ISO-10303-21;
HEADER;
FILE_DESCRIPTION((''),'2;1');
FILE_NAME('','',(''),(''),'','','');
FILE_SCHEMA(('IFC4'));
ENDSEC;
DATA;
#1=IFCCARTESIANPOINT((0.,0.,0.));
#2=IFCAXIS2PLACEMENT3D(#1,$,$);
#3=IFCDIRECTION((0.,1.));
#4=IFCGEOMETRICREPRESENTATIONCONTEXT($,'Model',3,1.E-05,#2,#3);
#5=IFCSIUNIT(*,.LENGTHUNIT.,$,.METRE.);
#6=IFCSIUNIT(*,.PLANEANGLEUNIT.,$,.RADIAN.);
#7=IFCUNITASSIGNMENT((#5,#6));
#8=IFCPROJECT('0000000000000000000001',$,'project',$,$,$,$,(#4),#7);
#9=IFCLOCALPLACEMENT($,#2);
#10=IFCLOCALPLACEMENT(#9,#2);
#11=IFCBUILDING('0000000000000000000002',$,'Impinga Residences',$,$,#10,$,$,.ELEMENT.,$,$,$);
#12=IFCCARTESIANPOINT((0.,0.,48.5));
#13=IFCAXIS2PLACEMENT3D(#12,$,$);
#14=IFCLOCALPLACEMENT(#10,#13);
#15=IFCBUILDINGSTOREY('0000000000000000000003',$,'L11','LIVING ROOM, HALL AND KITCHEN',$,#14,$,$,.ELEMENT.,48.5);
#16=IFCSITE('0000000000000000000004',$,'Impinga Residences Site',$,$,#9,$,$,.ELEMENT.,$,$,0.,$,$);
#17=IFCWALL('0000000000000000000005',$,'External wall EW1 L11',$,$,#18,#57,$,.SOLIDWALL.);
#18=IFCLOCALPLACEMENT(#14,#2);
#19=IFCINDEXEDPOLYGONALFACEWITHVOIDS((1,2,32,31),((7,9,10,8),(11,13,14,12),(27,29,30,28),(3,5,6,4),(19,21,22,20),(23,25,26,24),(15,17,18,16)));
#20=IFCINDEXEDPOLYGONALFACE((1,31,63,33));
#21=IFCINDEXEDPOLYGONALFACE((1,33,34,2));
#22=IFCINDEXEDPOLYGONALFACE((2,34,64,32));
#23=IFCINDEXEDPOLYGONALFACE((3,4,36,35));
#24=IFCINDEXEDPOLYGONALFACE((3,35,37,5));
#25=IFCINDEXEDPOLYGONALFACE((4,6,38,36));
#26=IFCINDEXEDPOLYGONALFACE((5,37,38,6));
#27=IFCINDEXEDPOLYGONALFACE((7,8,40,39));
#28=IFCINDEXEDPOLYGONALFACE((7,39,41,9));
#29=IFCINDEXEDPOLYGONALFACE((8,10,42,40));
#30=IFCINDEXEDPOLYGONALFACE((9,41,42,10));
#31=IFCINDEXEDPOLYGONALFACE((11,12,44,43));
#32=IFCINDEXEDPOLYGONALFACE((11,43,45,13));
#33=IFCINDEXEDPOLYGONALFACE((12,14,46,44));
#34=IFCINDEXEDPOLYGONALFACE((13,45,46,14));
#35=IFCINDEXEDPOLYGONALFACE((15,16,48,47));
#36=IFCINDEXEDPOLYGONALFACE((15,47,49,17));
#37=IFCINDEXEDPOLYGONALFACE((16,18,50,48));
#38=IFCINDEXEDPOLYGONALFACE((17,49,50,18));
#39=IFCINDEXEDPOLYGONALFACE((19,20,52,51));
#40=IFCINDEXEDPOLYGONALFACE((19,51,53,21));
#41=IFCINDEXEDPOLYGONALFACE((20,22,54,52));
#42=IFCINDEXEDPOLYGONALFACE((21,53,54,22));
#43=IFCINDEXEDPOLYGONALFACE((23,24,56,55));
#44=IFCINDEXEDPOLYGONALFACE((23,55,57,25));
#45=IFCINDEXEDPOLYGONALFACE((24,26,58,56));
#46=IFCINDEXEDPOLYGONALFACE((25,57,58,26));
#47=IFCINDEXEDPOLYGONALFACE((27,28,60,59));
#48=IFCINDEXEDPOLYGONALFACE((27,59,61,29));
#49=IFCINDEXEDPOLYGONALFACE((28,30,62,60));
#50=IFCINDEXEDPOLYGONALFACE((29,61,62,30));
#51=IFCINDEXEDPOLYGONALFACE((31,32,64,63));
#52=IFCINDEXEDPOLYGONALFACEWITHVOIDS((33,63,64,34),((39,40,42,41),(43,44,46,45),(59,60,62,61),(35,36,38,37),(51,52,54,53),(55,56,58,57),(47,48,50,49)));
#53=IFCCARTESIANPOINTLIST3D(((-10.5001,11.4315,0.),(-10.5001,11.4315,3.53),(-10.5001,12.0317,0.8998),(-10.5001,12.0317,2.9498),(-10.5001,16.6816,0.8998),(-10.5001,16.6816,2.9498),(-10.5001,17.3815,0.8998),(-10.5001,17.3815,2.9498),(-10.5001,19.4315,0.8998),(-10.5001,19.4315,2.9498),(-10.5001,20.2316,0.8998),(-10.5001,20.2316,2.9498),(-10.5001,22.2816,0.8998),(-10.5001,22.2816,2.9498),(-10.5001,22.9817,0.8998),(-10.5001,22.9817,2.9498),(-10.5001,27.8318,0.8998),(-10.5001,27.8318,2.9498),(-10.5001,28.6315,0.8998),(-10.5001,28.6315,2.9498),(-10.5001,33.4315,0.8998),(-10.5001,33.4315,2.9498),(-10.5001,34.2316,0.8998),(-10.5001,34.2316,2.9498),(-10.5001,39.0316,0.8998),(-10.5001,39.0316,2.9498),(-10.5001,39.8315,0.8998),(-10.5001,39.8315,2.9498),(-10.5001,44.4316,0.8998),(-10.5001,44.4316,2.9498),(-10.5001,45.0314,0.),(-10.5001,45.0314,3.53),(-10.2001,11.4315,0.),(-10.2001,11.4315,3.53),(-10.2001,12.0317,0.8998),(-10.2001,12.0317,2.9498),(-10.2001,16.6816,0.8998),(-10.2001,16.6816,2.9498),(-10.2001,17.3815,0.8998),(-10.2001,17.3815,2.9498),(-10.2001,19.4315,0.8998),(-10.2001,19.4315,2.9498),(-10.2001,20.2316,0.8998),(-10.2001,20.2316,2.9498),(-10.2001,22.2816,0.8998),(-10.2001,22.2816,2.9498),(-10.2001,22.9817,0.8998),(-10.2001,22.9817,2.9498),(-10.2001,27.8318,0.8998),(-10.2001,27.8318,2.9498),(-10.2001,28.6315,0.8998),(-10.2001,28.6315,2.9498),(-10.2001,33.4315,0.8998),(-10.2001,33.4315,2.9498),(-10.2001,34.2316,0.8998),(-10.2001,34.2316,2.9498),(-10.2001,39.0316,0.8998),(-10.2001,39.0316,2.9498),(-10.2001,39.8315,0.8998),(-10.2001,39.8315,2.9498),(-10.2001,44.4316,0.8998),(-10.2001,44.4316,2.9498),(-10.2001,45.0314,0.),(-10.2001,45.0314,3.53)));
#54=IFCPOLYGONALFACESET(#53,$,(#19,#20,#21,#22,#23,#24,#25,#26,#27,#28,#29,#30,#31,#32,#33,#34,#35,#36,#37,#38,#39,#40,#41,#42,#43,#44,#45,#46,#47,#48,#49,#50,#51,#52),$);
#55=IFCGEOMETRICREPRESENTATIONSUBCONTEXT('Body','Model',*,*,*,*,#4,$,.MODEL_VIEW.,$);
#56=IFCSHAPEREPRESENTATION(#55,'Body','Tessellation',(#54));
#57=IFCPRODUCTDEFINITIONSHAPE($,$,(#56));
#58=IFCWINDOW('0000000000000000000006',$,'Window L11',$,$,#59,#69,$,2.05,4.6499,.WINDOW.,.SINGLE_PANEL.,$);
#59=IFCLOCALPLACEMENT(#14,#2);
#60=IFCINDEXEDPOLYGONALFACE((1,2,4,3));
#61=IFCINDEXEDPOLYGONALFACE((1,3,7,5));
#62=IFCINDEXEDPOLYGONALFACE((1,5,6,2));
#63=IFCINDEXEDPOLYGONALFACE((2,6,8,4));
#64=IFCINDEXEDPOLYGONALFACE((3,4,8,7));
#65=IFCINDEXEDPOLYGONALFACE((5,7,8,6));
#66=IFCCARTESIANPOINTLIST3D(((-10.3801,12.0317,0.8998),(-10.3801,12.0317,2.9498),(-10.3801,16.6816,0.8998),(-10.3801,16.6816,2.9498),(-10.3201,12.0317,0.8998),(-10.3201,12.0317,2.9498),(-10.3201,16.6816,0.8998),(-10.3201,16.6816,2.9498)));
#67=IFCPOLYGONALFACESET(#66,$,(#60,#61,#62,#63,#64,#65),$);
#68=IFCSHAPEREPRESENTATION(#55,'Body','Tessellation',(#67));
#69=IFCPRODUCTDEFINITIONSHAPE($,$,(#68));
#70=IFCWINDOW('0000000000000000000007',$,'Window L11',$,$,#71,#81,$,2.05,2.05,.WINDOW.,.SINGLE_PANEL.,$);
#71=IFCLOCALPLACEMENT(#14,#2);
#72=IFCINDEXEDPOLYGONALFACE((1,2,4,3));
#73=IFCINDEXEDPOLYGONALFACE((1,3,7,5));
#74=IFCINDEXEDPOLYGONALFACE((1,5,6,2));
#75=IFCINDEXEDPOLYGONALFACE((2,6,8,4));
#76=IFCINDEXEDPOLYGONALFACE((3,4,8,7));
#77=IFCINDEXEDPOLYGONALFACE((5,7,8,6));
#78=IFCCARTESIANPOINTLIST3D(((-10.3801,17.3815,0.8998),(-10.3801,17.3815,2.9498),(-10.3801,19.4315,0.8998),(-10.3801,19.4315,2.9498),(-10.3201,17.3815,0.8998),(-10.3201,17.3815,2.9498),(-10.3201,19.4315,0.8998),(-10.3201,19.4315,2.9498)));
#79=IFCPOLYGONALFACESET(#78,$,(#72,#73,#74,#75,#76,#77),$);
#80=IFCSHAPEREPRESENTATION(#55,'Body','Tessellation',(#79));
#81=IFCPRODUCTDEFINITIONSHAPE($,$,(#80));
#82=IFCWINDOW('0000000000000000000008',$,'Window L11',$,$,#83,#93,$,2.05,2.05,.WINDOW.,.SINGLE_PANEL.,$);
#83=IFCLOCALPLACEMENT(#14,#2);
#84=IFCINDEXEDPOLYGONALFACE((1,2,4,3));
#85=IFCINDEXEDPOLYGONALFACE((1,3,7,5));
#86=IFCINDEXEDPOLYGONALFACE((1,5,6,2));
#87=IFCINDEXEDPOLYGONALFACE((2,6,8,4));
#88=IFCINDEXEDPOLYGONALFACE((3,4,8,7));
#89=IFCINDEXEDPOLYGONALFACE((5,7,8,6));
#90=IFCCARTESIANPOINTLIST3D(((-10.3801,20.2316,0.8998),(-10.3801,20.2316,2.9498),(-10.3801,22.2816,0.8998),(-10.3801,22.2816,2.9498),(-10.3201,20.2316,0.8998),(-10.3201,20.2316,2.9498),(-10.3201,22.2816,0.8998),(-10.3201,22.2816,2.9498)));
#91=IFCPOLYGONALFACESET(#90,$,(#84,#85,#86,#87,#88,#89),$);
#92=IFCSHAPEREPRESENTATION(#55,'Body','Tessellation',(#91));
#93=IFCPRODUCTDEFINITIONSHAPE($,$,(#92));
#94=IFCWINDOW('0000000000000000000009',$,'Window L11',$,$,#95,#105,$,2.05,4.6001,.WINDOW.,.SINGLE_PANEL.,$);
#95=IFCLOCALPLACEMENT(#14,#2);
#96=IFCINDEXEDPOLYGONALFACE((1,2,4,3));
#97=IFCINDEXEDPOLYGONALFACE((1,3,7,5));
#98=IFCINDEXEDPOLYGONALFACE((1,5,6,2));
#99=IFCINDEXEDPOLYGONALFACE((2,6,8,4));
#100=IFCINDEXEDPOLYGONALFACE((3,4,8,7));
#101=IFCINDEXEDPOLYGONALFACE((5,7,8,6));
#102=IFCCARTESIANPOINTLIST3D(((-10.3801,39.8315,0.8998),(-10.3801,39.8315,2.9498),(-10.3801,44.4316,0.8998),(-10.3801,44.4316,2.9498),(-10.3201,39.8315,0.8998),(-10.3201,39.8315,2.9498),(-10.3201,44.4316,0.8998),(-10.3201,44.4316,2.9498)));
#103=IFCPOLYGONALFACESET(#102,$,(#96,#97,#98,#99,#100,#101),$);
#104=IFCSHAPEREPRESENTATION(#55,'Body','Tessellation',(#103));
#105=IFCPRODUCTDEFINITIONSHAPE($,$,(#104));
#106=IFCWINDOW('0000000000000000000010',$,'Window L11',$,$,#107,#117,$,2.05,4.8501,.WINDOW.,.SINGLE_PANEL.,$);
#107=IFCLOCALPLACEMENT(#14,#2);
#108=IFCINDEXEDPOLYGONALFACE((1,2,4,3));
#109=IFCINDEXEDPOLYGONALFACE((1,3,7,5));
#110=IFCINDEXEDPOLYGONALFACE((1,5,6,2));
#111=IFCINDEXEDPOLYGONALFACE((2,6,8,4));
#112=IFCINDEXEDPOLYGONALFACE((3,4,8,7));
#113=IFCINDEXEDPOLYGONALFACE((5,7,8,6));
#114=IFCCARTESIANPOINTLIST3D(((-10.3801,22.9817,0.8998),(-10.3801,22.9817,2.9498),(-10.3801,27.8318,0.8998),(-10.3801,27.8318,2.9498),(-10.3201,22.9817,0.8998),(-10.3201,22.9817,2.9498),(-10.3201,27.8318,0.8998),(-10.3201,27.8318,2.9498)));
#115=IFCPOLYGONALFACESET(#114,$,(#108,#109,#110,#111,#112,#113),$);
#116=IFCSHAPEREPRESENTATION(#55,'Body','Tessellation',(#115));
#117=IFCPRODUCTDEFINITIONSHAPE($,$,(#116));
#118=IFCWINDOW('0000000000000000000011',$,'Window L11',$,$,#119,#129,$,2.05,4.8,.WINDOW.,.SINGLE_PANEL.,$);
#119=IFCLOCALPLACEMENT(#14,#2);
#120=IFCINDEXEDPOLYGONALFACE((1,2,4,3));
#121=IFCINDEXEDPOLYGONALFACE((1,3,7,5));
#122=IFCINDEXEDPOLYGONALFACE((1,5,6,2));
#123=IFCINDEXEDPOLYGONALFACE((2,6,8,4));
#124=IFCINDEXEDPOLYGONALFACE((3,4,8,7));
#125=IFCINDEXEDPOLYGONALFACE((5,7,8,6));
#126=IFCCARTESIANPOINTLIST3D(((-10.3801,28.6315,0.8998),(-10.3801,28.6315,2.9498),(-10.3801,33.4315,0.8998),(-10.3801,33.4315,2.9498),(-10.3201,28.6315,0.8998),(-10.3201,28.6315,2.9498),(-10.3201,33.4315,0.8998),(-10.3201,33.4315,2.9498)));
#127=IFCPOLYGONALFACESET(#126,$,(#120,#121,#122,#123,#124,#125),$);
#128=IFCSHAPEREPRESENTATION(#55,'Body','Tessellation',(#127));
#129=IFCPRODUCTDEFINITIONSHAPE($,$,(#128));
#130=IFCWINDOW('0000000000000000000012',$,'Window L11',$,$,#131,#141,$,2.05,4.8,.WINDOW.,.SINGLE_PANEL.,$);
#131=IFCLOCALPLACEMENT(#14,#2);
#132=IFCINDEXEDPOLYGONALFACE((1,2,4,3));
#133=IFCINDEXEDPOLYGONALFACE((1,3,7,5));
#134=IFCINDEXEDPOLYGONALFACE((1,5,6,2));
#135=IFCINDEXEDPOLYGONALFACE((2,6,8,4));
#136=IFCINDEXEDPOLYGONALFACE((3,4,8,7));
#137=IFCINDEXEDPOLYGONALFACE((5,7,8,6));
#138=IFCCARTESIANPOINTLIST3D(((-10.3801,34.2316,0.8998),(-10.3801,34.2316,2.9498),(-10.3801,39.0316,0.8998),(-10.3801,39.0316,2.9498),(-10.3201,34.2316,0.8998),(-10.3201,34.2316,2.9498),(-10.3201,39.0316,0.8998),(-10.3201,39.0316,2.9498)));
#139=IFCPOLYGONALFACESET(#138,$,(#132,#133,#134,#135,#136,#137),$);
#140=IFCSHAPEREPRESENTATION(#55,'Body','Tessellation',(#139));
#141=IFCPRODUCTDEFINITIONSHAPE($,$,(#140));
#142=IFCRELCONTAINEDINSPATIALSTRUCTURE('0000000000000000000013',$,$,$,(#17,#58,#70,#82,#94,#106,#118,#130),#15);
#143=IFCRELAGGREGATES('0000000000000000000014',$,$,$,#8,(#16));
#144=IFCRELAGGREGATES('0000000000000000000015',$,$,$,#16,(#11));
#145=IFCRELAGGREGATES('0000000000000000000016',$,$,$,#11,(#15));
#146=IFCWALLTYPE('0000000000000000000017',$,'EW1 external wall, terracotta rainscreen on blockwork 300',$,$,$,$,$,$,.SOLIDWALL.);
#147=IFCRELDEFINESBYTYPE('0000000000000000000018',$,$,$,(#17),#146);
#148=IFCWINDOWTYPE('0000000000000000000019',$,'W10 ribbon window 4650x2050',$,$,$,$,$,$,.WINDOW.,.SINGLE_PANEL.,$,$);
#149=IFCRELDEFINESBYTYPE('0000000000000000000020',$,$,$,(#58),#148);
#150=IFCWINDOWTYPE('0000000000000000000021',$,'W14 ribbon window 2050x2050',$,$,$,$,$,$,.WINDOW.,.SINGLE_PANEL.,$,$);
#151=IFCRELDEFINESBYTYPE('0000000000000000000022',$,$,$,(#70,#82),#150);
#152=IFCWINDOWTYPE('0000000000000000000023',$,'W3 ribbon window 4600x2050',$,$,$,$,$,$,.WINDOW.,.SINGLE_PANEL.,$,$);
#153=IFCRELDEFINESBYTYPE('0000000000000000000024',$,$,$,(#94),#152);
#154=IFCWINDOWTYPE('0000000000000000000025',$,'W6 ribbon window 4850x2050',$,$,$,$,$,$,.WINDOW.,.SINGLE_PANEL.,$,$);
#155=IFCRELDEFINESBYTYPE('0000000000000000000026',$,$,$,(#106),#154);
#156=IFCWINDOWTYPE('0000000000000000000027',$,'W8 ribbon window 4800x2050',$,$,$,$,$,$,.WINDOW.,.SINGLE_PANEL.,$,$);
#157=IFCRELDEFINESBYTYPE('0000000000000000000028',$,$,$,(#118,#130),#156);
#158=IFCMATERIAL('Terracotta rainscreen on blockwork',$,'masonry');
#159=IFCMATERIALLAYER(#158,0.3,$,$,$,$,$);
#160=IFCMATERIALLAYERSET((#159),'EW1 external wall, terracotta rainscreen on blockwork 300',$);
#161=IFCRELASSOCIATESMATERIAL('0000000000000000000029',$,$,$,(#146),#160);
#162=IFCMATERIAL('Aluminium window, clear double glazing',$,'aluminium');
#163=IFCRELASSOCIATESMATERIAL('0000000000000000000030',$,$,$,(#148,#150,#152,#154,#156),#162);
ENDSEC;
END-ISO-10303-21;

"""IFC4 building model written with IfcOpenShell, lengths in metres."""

from ifc_helpers import new_model, si_unit, direction, frame, frame_2d, origin, place, context, subcontext, project, spatial, rectangle, extrude, material, layer, layer_set, type_object, element, fill, save


model = new_model("IFC4")

# Units and contexts
model_context = context("Model", 3, precision=1e-05, world=origin(), true_north=direction((0.0, 1.0)))
body_context = subcontext(model_context, "Body", "Model", "MODEL_VIEW")
ifc_project = project(units=[si_unit("LENGTHUNIT", "METRE"), si_unit("PLANEANGLEUNIT", "RADIAN")], contexts=[model_context])

# Site, building, storey
site_placement = place(None, origin())
site = spatial("IfcSite", under=ifc_project, at=site_placement, Name="Impinga Residences Site", CompositionType="ELEMENT", RefElevation=0.0)
building_placement = place(site_placement, origin())
building = spatial("IfcBuilding", under=site, at=building_placement, Name="Impinga Residences", CompositionType="ELEMENT")
storey_placement = place(building_placement, frame((0.0, 0.0, 48.5)))
storey = spatial("IfcBuildingStorey", under=building, at=storey_placement, Name="L11", Description="LIVING ROOM, HALL AND KITCHEN", CompositionType="ELEMENT", Elevation=48.5)

# Shared definitions
ifc_material_1 = material(Name="Terracotta rainscreen on blockwork", Category="masonry")
ifc_layer_1 = layer(ifc_material_1, 0.3)
ifc_layer_set_1 = layer_set([ifc_layer_1], Name="EW1 external wall, terracotta rainscreen on blockwork 300")
wall_type_1 = type_object("IfcWallType", Name="EW1 external wall, terracotta rainscreen on blockwork 300", PredefinedType="SOLIDWALL", material=ifc_layer_set_1)

# Wall, openings, windows
wall_1_placement = place(storey_placement, frame((-10.3501, 11.4316, 0.0), z_axis=(0.0, 0.0, 1.0), x_axis=(0.0, 1.0, 0.0)))
wall_1 = element("IfcWall", 1, at=wall_1_placement, inside=storey, type_object=wall_type_1, Name="External wall EW1 L11", PredefinedType="SOLIDWALL", context=body_context, shape_type="SweptSolid", body=[
    extrude(rectangle(XDim=33.5999, YDim=0.3, at=frame_2d((16.7998, 0.0))), origin(), (0.0, 0.0, 1.0), 3.53),
])
opening_1_placement = place(wall_1_placement, frame((0.6001, 0.0, 0.8999)))
opening_1 = element("IfcOpeningElement", 2, at=opening_1_placement, cuts=wall_1, PredefinedType="OPENING", context=body_context, shape_type="SweptSolid", body=[
    extrude(rectangle(XDim=4.6499, YDim=2.05, at=frame_2d((2.325, 1.0249))), frame((0.0, 0.1599, 0.0), z_axis=(0.0, -1.0, 0.0), x_axis=(1.0, 0.0, 0.0)), (0.0, 0.0, 1.0), 0.3201),
])
opening_2_placement = place(wall_1_placement, frame((5.95, 0.0, 0.8999)))
opening_2 = element("IfcOpeningElement", 3, at=opening_2_placement, cuts=wall_1, PredefinedType="OPENING", context=body_context, shape_type="SweptSolid", body=[
    extrude(rectangle(XDim=2.05, YDim=2.05, at=frame_2d((1.0249, 1.0249))), frame((0.0, 0.1599, 0.0), z_axis=(0.0, -1.0, 0.0), x_axis=(1.0, 0.0, 0.0)), (0.0, 0.0, 1.0), 0.3201),
])
opening_3_placement = place(wall_1_placement, frame((8.8, 0.0, 0.8999)))
opening_3 = element("IfcOpeningElement", 4, at=opening_3_placement, cuts=wall_1, PredefinedType="OPENING", context=body_context, shape_type="SweptSolid", body=[
    extrude(rectangle(XDim=2.05, YDim=2.05, at=frame_2d((1.0249, 1.0249))), frame((0.0, 0.1599, 0.0), z_axis=(0.0, -1.0, 0.0), x_axis=(1.0, 0.0, 0.0)), (0.0, 0.0, 1.0), 0.3201),
])
opening_4_placement = place(wall_1_placement, frame((11.55, 0.0, 0.8999)))
opening_4 = element("IfcOpeningElement", 5, at=opening_4_placement, cuts=wall_1, PredefinedType="OPENING", context=body_context, shape_type="SweptSolid", body=[
    extrude(rectangle(XDim=4.8501, YDim=2.05, at=frame_2d((2.425, 1.0249))), frame((0.0, 0.1599, 0.0), z_axis=(0.0, -1.0, 0.0), x_axis=(1.0, 0.0, 0.0)), (0.0, 0.0, 1.0), 0.3201),
])
opening_5_placement = place(wall_1_placement, frame((17.2, 0.0, 0.8999)))
opening_5 = element("IfcOpeningElement", 6, at=opening_5_placement, cuts=wall_1, PredefinedType="OPENING", context=body_context, shape_type="SweptSolid", body=[
    extrude(rectangle(XDim=4.8, YDim=2.05, at=frame_2d((2.3999, 1.0249))), frame((0.0, 0.1599, 0.0), z_axis=(0.0, -1.0, 0.0), x_axis=(1.0, 0.0, 0.0)), (0.0, 0.0, 1.0), 0.3201),
])
opening_6_placement = place(wall_1_placement, frame((22.8, 0.0, 0.8999)))
opening_6 = element("IfcOpeningElement", 7, at=opening_6_placement, cuts=wall_1, PredefinedType="OPENING", context=body_context, shape_type="SweptSolid", body=[
    extrude(rectangle(XDim=4.8, YDim=2.05, at=frame_2d((2.3999, 1.0249))), frame((0.0, 0.1599, 0.0), z_axis=(0.0, -1.0, 0.0), x_axis=(1.0, 0.0, 0.0)), (0.0, 0.0, 1.0), 0.3201),
])
opening_7_placement = place(wall_1_placement, frame((28.3999, 0.0, 0.8999)))
opening_7 = element("IfcOpeningElement", 8, at=opening_7_placement, cuts=wall_1, PredefinedType="OPENING", context=body_context, shape_type="SweptSolid", body=[
    extrude(rectangle(XDim=4.6001, YDim=2.05, at=frame_2d((2.3, 1.0249))), frame((0.0, 0.1599, 0.0), z_axis=(0.0, -1.0, 0.0), x_axis=(1.0, 0.0, 0.0)), (0.0, 0.0, 1.0), 0.3201),
])
ifc_material_2 = material(Name="Aluminium window, clear double glazing", Category="aluminium")
window_type_1 = type_object("IfcWindowType", Name="W10 ribbon window 4650x2050", PartitioningType="SINGLE_PANEL", PredefinedType="WINDOW", material=ifc_material_2)
window_1_placement = place(opening_1_placement, origin())
window_1 = element("IfcWindow", 9, at=window_1_placement, inside=storey, type_object=window_type_1, Name="Window L11", OverallHeight=2.05, OverallWidth=4.6499, PartitioningType="SINGLE_PANEL", PredefinedType="WINDOW", context=body_context, shape_type="SweptSolid", body=[
    extrude(rectangle(XDim=4.6499, YDim=2.05, at=frame_2d((2.325, 1.0249))), frame((0.0, 0.03, 0.0), z_axis=(0.0, -1.0, 0.0), x_axis=(1.0, 0.0, 0.0)), (0.0, 0.0, 1.0), 0.0601),
])
fill(opening_1, window_1)
window_type_2 = type_object("IfcWindowType", Name="W14 ribbon window 2050x2050", PartitioningType="SINGLE_PANEL", PredefinedType="WINDOW", material=ifc_material_2)
window_2_placement = place(opening_2_placement, origin())
window_2 = element("IfcWindow", 10, at=window_2_placement, inside=storey, type_object=window_type_2, Name="Window L11", OverallHeight=2.05, OverallWidth=2.05, PartitioningType="SINGLE_PANEL", PredefinedType="WINDOW", context=body_context, shape_type="SweptSolid", body=[
    extrude(rectangle(XDim=2.05, YDim=2.05, at=frame_2d((1.0249, 1.0249))), frame((0.0, 0.03, 0.0), z_axis=(0.0, -1.0, 0.0), x_axis=(1.0, 0.0, 0.0)), (0.0, 0.0, 1.0), 0.0601),
])
fill(opening_2, window_2)
window_3_placement = place(opening_3_placement, origin())
window_3 = element("IfcWindow", 11, at=window_3_placement, inside=storey, type_object=window_type_2, Name="Window L11", OverallHeight=2.05, OverallWidth=2.05, PartitioningType="SINGLE_PANEL", PredefinedType="WINDOW", context=body_context, shape_type="SweptSolid", body=[
    extrude(rectangle(XDim=2.05, YDim=2.05, at=frame_2d((1.0249, 1.0249))), frame((0.0, 0.03, 0.0), z_axis=(0.0, -1.0, 0.0), x_axis=(1.0, 0.0, 0.0)), (0.0, 0.0, 1.0), 0.0601),
])
fill(opening_3, window_3)
window_type_3 = type_object("IfcWindowType", Name="W3 ribbon window 4600x2050", PartitioningType="SINGLE_PANEL", PredefinedType="WINDOW", material=ifc_material_2)
window_4_placement = place(opening_7_placement, origin())
window_4 = element("IfcWindow", 12, at=window_4_placement, inside=storey, type_object=window_type_3, Name="Window L11", OverallHeight=2.05, OverallWidth=4.6001, PartitioningType="SINGLE_PANEL", PredefinedType="WINDOW", context=body_context, shape_type="SweptSolid", body=[
    extrude(rectangle(XDim=4.6001, YDim=2.05, at=frame_2d((2.3, 1.0249))), frame((0.0, 0.03, 0.0), z_axis=(0.0, -1.0, 0.0), x_axis=(1.0, 0.0, 0.0)), (0.0, 0.0, 1.0), 0.0601),
])
fill(opening_7, window_4)
window_type_4 = type_object("IfcWindowType", Name="W6 ribbon window 4850x2050", PartitioningType="SINGLE_PANEL", PredefinedType="WINDOW", material=ifc_material_2)
window_5_placement = place(opening_4_placement, origin())
window_5 = element("IfcWindow", 13, at=window_5_placement, inside=storey, type_object=window_type_4, Name="Window L11", OverallHeight=2.05, OverallWidth=4.8501, PartitioningType="SINGLE_PANEL", PredefinedType="WINDOW", context=body_context, shape_type="SweptSolid", body=[
    extrude(rectangle(XDim=4.8501, YDim=2.05, at=frame_2d((2.425, 1.0249))), frame((0.0, 0.03, 0.0), z_axis=(0.0, -1.0, 0.0), x_axis=(1.0, 0.0, 0.0)), (0.0, 0.0, 1.0), 0.0601),
])
fill(opening_4, window_5)
window_type_5 = type_object("IfcWindowType", Name="W8 ribbon window 4800x2050", PartitioningType="SINGLE_PANEL", PredefinedType="WINDOW", material=ifc_material_2)
window_6_placement = place(opening_5_placement, origin())
window_6 = element("IfcWindow", 14, at=window_6_placement, inside=storey, type_object=window_type_5, Name="Window L11", OverallHeight=2.05, OverallWidth=4.8, PartitioningType="SINGLE_PANEL", PredefinedType="WINDOW", context=body_context, shape_type="SweptSolid", body=[
    extrude(rectangle(XDim=4.8, YDim=2.05, at=frame_2d((2.3999, 1.0249))), frame((0.0, 0.03, 0.0), z_axis=(0.0, -1.0, 0.0), x_axis=(1.0, 0.0, 0.0)), (0.0, 0.0, 1.0), 0.0601),
])
fill(opening_5, window_6)
window_7_placement = place(opening_6_placement, origin())
window_7 = element("IfcWindow", 15, at=window_7_placement, inside=storey, type_object=window_type_5, Name="Window L11", OverallHeight=2.05, OverallWidth=4.8, PartitioningType="SINGLE_PANEL", PredefinedType="WINDOW", context=body_context, shape_type="SweptSolid", body=[
    extrude(rectangle(XDim=4.8, YDim=2.05, at=frame_2d((2.3999, 1.0249))), frame((0.0, 0.03, 0.0), z_axis=(0.0, -1.0, 0.0), x_axis=(1.0, 0.0, 0.0)), (0.0, 0.0, 1.0), 0.0601),
])
fill(opening_6, window_7)

save(model, "model.ifc")
